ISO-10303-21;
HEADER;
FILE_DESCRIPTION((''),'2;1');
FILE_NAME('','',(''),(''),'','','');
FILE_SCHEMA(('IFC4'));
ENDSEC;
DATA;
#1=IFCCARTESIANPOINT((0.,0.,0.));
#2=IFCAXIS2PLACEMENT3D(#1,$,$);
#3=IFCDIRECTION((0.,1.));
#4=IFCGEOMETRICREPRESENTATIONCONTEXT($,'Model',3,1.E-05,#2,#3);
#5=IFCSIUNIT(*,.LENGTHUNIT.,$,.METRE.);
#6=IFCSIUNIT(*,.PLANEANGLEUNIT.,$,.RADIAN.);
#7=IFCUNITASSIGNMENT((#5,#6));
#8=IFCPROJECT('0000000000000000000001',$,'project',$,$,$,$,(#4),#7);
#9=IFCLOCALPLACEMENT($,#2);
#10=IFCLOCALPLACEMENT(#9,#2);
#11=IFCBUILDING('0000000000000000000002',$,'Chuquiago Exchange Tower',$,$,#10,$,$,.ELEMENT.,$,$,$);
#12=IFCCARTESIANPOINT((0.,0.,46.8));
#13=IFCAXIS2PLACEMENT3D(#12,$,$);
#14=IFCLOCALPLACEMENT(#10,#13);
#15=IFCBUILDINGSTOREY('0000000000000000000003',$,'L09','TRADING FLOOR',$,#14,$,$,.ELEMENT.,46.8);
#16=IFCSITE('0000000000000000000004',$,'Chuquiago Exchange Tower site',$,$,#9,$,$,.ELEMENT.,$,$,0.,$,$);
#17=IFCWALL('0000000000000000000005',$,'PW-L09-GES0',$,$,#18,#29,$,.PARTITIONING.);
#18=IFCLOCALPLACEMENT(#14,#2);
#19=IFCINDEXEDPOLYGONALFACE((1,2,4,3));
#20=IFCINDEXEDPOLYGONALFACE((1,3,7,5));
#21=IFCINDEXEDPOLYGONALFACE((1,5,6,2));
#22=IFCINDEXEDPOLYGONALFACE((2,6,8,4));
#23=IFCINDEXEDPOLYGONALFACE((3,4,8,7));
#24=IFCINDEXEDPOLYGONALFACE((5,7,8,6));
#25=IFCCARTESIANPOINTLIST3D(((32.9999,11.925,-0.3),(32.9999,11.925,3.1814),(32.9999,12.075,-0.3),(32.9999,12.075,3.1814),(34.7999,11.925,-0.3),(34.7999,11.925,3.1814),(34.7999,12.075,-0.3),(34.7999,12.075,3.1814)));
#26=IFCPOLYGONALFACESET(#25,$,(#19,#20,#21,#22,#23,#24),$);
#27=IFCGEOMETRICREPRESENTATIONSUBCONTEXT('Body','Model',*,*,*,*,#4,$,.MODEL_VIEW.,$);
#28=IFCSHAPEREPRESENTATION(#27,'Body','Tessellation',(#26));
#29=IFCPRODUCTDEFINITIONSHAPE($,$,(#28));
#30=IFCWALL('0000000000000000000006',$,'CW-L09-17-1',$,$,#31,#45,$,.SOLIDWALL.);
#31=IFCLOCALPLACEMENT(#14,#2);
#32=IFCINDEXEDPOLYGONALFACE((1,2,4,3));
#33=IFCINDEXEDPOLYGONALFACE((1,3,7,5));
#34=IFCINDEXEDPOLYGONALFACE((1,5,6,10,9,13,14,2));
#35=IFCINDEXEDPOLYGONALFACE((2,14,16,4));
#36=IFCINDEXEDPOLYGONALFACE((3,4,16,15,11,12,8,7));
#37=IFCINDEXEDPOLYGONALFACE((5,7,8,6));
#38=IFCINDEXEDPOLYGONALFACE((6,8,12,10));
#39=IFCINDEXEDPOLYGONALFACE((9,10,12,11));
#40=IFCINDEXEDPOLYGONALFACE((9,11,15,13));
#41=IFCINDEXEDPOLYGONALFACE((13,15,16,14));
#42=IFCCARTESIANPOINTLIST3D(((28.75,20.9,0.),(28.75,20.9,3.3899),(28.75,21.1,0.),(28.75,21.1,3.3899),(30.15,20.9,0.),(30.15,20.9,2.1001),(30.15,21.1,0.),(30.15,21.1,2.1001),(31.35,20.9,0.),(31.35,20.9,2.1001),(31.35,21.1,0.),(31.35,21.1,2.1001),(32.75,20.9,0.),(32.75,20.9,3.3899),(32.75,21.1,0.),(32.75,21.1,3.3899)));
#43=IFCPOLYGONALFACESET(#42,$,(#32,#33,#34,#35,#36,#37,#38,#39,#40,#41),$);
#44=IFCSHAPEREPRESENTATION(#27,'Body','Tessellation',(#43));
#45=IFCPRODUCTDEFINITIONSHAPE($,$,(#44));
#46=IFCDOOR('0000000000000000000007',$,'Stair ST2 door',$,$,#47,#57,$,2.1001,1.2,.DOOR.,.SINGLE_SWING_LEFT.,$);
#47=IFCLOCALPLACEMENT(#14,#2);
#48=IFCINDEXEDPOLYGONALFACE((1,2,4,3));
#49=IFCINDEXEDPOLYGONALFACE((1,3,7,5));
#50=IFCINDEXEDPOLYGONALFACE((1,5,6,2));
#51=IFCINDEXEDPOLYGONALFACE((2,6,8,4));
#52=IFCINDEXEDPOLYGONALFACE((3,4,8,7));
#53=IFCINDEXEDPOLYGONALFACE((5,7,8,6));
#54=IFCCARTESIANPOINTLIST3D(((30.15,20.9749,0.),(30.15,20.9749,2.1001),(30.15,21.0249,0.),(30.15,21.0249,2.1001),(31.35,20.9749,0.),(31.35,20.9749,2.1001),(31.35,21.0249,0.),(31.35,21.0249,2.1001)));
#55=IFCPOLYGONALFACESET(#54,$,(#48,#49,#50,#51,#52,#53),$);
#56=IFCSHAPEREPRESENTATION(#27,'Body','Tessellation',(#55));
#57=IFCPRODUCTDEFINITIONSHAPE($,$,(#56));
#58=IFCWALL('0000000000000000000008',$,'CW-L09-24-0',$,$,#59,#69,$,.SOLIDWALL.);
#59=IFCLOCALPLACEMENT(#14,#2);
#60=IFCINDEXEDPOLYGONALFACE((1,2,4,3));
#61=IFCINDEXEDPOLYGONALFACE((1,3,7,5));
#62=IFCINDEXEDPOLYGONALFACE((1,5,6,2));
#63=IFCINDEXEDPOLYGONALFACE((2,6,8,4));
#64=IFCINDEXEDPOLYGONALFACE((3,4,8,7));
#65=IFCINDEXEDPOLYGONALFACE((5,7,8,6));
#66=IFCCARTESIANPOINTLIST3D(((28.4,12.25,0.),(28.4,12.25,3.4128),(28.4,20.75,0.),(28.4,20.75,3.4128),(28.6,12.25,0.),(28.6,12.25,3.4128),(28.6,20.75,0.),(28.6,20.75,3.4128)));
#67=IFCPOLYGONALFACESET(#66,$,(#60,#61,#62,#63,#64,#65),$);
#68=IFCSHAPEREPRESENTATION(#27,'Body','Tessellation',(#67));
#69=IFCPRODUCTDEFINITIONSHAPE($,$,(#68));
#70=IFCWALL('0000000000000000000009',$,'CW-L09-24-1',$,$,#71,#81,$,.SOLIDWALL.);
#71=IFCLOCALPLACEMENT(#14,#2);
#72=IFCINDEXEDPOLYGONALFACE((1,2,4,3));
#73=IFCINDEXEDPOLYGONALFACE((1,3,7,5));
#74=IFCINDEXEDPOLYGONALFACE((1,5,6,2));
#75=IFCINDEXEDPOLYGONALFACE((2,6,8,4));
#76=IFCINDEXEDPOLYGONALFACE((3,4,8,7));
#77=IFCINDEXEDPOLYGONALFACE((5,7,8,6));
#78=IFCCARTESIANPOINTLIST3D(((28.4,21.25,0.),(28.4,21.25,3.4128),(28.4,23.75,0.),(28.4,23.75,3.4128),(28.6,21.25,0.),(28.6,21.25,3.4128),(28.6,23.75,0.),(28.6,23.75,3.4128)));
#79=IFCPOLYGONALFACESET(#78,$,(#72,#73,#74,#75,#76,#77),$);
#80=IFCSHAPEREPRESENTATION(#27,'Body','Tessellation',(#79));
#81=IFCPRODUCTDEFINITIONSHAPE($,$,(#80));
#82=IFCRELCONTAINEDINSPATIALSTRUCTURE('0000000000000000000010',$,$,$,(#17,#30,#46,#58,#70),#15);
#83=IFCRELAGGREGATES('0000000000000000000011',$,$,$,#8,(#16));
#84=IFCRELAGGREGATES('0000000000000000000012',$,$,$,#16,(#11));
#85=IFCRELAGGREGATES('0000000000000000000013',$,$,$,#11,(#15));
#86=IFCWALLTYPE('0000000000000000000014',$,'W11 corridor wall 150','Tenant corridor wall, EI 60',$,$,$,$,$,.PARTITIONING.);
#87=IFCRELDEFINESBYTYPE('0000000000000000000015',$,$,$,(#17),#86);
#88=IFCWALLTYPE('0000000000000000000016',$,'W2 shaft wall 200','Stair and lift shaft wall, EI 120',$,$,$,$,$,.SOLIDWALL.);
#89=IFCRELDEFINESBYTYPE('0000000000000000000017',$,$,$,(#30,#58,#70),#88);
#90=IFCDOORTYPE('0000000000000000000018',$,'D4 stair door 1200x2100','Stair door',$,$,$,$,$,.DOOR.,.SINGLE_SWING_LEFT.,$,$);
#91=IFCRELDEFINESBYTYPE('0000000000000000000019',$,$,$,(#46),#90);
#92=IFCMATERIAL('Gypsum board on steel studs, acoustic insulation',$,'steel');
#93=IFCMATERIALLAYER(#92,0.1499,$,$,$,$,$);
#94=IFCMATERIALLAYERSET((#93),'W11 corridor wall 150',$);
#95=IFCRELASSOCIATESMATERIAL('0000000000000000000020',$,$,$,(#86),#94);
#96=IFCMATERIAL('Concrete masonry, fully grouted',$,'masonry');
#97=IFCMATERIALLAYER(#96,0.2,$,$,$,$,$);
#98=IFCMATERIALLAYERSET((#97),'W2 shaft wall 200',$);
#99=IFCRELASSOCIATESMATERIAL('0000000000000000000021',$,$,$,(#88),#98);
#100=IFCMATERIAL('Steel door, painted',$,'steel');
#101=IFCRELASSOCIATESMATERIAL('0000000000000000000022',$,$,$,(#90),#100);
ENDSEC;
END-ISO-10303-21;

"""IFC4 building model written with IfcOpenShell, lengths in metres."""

from ifc_helpers import new_model, si_unit, direction, frame, frame_2d, origin, place, context, subcontext, project, spatial, rectangle, extrude, material, layer, layer_set, type_object, element, fill, save


model = new_model("IFC4")

# Units and contexts
model_context = context("Model", 3, precision=1e-05, world=origin(), true_north=direction((0.0, 1.0)))
body_context = subcontext(model_context, "Body", "Model", "MODEL_VIEW")
ifc_project = project(units=[si_unit("LENGTHUNIT", "METRE"), si_unit("PLANEANGLEUNIT", "RADIAN")], contexts=[model_context])

# Site, building, storey
site_placement = place(None, origin())
site = spatial("IfcSite", under=ifc_project, at=site_placement, Name="Chuquiago Exchange Tower site", CompositionType="ELEMENT", RefElevation=0.0)
building_placement = place(site_placement, origin())
building = spatial("IfcBuilding", under=site, at=building_placement, Name="Chuquiago Exchange Tower", CompositionType="ELEMENT")
storey_placement = place(building_placement, frame((0.0, 0.0, 46.8)))
storey = spatial("IfcBuildingStorey", under=building, at=storey_placement, Name="L09", Description="TRADING FLOOR", CompositionType="ELEMENT", Elevation=46.8)

# Wall
ifc_material_1 = material(Name="Gypsum board on steel studs, acoustic insulation", Category="steel")
ifc_layer_1 = layer(ifc_material_1, 0.1499)
ifc_layer_set_1 = layer_set([ifc_layer_1], Name="W11 corridor wall 150")
wall_type_1 = type_object("IfcWallType", Name="W11 corridor wall 150", Description="Tenant corridor wall, EI 60", PredefinedType="PARTITIONING", material=ifc_layer_set_1)
wall_1_placement = place(storey_placement, frame((33.0, 12.0, -0.3), z_axis=(0.0, 0.0, 1.0), x_axis=(1.0, 0.0, 0.0)))
element("IfcWall", 1, at=wall_1_placement, inside=storey, type_object=wall_type_1, Name="PW-L09-GES0", PredefinedType="PARTITIONING", context=body_context, shape_type="SweptSolid", body=[
    extrude(rectangle(XDim=1.8, YDim=0.1499, at=frame_2d((0.8999, 0.0))), origin(), (0.0, 0.0, 1.0), 3.4814),
])

# Wall, opening, door
ifc_material_2 = material(Name="Concrete masonry, fully grouted", Category="masonry")
ifc_layer_2 = layer(ifc_material_2, 0.2)
ifc_layer_set_2 = layer_set([ifc_layer_2], Name="W2 shaft wall 200")
wall_type_2 = type_object("IfcWallType", Name="W2 shaft wall 200", Description="Stair and lift shaft wall, EI 120", PredefinedType="SOLIDWALL", material=ifc_layer_set_2)
wall_2_placement = place(storey_placement, frame((28.75, 21.0, 0.0), z_axis=(0.0, 0.0, 1.0), x_axis=(1.0, 0.0, 0.0)))
wall_2 = element("IfcWall", 2, at=wall_2_placement, inside=storey, type_object=wall_type_2, Name="CW-L09-17-1", PredefinedType="SOLIDWALL", context=body_context, shape_type="SweptSolid", body=[
    extrude(rectangle(XDim=4.0, YDim=0.2, at=frame_2d((2.0, 0.0))), origin(), (0.0, 0.0, 1.0), 3.3899),
])
opening_1_placement = place(wall_2_placement, frame((1.3999, 0.0, 0.0)))
opening_1 = element("IfcOpeningElement", 3, at=opening_1_placement, cuts=wall_2, PredefinedType="OPENING", context=body_context, shape_type="SweptSolid", body=[
    extrude(rectangle(XDim=1.2, YDim=2.1001, at=frame_2d((0.6001, 1.05))), frame((0.0, 0.1099, 0.0), z_axis=(0.0, -1.0, 0.0), x_axis=(1.0, 0.0, 0.0)), (0.0, 0.0, 1.0), 0.22),
])
ifc_material_3 = material(Name="Steel door, painted", Category="steel")
door_type_1 = type_object("IfcDoorType", Name="D4 stair door 1200x2100", Description="Stair door", OperationType="SINGLE_SWING_LEFT", PredefinedType="DOOR", material=ifc_material_3)
door_1_placement = place(opening_1_placement, origin())
door_1 = element("IfcDoor", 4, at=door_1_placement, inside=storey, type_object=door_type_1, Name="Stair ST2 door", OperationType="SINGLE_SWING_LEFT", OverallHeight=2.1001, OverallWidth=1.2, PredefinedType="DOOR", context=body_context, shape_type="SweptSolid", body=[
    extrude(rectangle(XDim=1.2, YDim=2.1001, at=frame_2d((0.6001, 1.05))), frame((0.0, 0.0249, 0.0), z_axis=(0.0, -1.0, 0.0), x_axis=(1.0, 0.0, 0.0)), (0.0, 0.0, 1.0), 0.05),
])
fill(opening_1, door_1)

# Walls
wall_3_placement = place(storey_placement, frame((28.5, 12.25, 0.0), z_axis=(0.0, 0.0, 1.0), x_axis=(0.0, 1.0, 0.0)))
element("IfcWall", 5, at=wall_3_placement, inside=storey, type_object=wall_type_2, Name="CW-L09-24-0", PredefinedType="SOLIDWALL", context=body_context, shape_type="SweptSolid", body=[
    extrude(rectangle(XDim=8.5, YDim=0.2, at=frame_2d((4.25, 0.0))), origin(), (0.0, 0.0, 1.0), 3.4128),
])
wall_4_placement = place(storey_placement, frame((28.5, 21.25, 0.0), z_axis=(0.0, 0.0, 1.0), x_axis=(0.0, 1.0, 0.0)))
element("IfcWall", 6, at=wall_4_placement, inside=storey, type_object=wall_type_2, Name="CW-L09-24-1", PredefinedType="SOLIDWALL", context=body_context, shape_type="SweptSolid", body=[
    extrude(rectangle(XDim=2.5, YDim=0.2, at=frame_2d((1.25, 0.0))), origin(), (0.0, 0.0, 1.0), 3.4128),
])

save(model, "model.ifc")
